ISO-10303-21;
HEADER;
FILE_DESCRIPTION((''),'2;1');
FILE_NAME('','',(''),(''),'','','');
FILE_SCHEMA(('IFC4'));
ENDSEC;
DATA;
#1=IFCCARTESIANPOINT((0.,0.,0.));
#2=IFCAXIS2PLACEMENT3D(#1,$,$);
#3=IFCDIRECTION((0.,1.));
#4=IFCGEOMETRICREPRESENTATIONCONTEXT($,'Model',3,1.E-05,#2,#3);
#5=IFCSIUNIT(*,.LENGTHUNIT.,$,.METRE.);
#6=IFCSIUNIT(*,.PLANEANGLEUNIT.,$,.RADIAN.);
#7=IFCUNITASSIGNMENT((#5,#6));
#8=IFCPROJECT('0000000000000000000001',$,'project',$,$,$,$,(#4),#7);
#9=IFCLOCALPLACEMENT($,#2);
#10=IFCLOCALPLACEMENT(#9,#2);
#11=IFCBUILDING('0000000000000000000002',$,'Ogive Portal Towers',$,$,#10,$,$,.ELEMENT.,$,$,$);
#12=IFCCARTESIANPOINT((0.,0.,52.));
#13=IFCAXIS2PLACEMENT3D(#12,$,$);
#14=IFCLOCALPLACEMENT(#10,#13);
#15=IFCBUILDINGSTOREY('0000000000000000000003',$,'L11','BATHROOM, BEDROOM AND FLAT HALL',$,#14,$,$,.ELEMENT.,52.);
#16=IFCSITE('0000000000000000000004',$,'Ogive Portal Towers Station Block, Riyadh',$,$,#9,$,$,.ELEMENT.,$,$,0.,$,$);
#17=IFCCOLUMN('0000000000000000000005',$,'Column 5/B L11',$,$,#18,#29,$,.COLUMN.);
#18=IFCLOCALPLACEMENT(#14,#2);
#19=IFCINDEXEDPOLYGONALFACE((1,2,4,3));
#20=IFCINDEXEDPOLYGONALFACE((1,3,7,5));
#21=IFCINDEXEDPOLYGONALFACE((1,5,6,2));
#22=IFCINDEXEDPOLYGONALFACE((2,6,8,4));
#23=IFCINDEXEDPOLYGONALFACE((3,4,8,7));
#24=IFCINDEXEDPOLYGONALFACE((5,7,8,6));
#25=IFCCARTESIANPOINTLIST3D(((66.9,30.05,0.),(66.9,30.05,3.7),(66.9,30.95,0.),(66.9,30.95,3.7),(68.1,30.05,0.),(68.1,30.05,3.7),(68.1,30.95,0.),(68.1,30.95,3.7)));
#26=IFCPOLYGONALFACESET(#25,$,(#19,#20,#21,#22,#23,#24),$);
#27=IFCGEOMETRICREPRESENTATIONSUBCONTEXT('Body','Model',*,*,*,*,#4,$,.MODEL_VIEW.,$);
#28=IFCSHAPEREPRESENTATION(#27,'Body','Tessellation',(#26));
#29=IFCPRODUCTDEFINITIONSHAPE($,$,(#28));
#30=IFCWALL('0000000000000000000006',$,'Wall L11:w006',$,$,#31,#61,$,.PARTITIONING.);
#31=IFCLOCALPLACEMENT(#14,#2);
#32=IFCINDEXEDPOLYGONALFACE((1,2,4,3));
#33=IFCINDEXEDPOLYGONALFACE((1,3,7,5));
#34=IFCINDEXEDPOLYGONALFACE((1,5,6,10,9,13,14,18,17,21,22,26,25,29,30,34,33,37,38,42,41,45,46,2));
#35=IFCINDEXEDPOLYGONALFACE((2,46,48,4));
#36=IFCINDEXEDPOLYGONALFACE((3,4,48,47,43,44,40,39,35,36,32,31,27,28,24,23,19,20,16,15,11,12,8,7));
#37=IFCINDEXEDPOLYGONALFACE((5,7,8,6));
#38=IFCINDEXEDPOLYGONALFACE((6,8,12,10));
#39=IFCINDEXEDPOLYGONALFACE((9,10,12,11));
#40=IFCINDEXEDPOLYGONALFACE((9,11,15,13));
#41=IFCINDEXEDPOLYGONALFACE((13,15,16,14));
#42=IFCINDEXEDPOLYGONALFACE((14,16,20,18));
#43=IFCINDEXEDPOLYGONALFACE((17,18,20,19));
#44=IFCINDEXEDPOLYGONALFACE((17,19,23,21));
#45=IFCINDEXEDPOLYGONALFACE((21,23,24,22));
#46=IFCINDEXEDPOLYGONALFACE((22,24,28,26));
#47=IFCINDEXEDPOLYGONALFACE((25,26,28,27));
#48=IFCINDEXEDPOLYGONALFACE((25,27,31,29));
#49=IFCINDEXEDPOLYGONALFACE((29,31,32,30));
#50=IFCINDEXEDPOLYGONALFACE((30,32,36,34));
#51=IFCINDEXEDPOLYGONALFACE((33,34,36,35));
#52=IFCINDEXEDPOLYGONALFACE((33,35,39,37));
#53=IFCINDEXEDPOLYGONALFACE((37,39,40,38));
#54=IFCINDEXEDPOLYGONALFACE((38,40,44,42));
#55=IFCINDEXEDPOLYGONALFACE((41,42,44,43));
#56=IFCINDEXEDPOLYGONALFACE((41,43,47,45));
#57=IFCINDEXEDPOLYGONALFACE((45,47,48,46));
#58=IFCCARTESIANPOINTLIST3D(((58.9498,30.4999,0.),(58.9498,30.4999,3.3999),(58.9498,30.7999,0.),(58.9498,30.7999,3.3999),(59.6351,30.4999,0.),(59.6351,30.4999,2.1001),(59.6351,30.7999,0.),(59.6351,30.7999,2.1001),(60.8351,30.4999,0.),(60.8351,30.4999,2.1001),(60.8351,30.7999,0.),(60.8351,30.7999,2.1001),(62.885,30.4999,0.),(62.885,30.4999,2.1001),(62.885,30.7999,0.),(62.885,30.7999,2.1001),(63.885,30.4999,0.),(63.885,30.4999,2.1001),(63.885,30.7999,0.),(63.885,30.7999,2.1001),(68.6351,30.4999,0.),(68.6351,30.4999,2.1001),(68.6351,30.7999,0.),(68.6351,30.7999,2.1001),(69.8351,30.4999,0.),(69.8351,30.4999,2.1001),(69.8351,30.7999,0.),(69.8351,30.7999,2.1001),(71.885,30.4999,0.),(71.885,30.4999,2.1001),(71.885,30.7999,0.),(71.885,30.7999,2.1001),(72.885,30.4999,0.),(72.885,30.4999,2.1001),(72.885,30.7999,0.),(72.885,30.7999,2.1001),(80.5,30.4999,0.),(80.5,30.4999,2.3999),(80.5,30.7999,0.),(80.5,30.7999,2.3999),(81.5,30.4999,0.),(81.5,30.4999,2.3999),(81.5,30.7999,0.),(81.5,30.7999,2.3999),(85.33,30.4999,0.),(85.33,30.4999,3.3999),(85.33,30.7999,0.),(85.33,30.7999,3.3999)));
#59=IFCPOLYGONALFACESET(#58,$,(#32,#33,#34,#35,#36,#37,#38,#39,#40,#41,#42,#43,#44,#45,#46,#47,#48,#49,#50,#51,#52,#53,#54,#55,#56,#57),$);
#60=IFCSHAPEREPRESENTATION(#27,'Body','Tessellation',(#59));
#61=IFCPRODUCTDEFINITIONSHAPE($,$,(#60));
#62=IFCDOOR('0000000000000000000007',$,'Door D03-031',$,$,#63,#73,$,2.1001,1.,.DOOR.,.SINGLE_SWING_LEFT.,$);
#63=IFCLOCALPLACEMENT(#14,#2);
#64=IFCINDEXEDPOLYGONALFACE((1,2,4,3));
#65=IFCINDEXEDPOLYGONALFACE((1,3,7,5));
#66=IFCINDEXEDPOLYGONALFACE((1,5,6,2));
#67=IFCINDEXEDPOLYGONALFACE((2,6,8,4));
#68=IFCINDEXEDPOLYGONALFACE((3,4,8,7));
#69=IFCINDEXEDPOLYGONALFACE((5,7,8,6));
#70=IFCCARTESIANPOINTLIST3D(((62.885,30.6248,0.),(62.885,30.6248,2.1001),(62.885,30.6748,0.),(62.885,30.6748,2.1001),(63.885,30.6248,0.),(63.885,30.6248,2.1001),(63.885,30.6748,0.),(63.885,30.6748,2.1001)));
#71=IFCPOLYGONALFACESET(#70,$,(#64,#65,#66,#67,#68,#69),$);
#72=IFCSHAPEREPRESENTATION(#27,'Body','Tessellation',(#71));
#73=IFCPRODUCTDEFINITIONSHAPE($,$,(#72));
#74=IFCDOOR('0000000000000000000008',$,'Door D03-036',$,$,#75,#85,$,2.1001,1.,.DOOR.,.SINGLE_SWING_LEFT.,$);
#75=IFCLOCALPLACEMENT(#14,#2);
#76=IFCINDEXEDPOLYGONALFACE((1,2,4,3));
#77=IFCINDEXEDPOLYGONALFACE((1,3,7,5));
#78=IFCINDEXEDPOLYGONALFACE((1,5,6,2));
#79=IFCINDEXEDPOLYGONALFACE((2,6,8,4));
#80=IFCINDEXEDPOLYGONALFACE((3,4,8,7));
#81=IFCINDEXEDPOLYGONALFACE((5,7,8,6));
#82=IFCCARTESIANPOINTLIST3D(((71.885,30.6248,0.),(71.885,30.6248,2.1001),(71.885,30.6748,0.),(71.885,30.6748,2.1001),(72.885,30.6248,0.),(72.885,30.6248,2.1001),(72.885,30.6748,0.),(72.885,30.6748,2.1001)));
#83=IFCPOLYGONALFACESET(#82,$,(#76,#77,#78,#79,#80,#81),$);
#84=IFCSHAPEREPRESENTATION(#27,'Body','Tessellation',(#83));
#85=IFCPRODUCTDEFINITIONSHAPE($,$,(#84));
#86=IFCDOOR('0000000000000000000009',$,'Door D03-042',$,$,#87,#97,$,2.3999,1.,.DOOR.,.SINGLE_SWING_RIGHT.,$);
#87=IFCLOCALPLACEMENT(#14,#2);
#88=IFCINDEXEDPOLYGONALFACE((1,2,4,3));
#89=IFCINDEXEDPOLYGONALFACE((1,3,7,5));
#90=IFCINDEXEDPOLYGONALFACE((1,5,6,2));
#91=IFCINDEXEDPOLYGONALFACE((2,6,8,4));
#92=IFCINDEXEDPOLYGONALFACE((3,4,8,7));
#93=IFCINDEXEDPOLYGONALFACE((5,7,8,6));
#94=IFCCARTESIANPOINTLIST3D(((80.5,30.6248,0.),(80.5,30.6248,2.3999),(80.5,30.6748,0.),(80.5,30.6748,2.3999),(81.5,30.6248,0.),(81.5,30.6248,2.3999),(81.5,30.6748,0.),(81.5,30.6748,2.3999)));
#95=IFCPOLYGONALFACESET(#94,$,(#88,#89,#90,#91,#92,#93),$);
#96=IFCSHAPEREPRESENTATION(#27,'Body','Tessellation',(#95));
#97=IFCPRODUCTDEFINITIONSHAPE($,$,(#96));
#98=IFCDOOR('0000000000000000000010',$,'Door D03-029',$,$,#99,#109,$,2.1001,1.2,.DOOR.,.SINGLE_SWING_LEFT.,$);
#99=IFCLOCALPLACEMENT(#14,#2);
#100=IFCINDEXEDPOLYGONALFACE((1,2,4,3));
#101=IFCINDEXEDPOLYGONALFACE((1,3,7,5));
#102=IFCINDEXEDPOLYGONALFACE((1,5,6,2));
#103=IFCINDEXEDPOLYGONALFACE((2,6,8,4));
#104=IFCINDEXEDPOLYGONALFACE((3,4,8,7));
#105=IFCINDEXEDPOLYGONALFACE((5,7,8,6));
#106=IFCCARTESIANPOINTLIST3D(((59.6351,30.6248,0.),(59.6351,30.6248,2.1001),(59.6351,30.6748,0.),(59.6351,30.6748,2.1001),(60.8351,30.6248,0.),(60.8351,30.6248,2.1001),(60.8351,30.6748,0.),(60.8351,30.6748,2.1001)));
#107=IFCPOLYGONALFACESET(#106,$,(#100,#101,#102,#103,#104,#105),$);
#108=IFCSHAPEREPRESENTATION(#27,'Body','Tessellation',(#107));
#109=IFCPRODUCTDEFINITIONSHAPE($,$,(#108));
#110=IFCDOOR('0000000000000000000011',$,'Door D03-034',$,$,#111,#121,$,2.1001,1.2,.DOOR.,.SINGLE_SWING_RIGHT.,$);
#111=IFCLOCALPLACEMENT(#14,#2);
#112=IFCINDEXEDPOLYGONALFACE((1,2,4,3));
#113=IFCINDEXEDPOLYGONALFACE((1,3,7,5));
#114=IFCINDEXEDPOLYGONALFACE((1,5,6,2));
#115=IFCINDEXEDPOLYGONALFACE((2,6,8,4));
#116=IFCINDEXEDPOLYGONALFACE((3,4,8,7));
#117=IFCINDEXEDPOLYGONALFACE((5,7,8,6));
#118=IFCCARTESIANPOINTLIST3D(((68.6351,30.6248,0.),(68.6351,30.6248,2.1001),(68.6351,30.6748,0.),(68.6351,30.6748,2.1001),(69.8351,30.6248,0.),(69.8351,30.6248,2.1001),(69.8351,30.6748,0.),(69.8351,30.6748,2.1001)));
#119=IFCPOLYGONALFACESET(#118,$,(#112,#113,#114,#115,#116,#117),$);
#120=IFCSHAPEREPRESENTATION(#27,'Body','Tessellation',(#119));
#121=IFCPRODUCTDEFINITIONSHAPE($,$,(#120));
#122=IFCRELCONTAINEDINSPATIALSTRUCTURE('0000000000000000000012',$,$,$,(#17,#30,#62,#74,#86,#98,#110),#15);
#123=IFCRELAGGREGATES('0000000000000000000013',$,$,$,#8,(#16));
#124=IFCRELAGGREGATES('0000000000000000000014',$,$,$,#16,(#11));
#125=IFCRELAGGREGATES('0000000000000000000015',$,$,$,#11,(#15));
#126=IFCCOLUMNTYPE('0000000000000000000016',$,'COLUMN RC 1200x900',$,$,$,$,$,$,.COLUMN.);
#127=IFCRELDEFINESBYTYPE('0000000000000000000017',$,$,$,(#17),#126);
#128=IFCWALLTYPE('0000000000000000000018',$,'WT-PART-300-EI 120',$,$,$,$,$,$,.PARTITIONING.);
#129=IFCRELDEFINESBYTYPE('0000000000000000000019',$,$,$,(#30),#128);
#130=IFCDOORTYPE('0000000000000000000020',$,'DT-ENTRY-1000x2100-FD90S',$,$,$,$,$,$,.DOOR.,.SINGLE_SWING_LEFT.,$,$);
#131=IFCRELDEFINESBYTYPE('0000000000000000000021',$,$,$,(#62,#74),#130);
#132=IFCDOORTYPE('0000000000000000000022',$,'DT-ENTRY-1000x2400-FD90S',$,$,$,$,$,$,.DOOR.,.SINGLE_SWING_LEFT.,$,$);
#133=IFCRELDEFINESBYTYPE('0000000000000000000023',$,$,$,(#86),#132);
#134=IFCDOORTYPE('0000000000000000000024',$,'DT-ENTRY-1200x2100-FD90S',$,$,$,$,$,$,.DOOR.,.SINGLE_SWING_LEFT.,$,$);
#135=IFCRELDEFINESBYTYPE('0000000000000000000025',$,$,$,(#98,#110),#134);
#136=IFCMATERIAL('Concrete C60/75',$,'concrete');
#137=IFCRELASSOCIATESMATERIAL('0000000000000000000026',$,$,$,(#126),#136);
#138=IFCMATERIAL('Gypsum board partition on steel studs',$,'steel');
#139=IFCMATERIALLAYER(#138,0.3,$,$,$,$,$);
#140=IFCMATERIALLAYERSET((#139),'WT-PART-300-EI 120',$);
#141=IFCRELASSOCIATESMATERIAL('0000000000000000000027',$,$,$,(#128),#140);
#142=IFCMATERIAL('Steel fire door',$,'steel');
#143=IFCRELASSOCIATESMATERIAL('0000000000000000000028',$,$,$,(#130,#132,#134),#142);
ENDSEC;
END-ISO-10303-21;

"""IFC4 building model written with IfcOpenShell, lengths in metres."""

from ifc_helpers import new_model, si_unit, direction, frame, frame_2d, origin, origin_2d, place, context, subcontext, project, spatial, rectangle, extrude, material, layer, layer_set, material_profile, profile_set, type_object, element, fill, save


model = new_model("IFC4")

# Units and contexts
model_context = context("Model", 3, precision=1e-05, world=origin(), true_north=direction((0.0, 1.0)))
body_context = subcontext(model_context, "Body", "Model", "MODEL_VIEW")
ifc_project = project(units=[si_unit("LENGTHUNIT", "METRE"), si_unit("PLANEANGLEUNIT", "RADIAN")], contexts=[model_context])

# Site, building, storey
site_placement = place(None, origin())
site = spatial("IfcSite", under=ifc_project, at=site_placement, Name="Ogive Portal Towers Station Block, Riyadh", CompositionType="ELEMENT", RefElevation=0.0)
building_placement = place(site_placement, origin())
building = spatial("IfcBuilding", under=site, at=building_placement, Name="Ogive Portal Towers", CompositionType="ELEMENT")
storey_placement = place(building_placement, frame((0.0, 0.0, 52.0)))
storey = spatial("IfcBuildingStorey", under=building, at=storey_placement, Name="L11", Description="BATHROOM, BEDROOM AND FLAT HALL", CompositionType="ELEMENT", Elevation=52.0)

# Column
ifc_material_1 = material(Name="Concrete C60/75", Category="concrete")
ifc_material_profile = material_profile(ifc_material_1, rectangle(XDim=1.2, YDim=0.8999, at=origin_2d()), Name="RC 1200x900")
ifc_profile_set = profile_set([ifc_material_profile], Name="Concrete C60/75")
column_type = type_object("IfcColumnType", Name="COLUMN RC 1200x900", PredefinedType="COLUMN", material=ifc_profile_set)
column_placement = place(storey_placement, frame((67.5, 30.5, 0.0), z_axis=(0.0, 0.0, 1.0), x_axis=(1.0, 0.0, 0.0)))
element("IfcColumn", 1, at=column_placement, inside=storey, type_object=column_type, Name="Column 5/B L11", PredefinedType="COLUMN", context=body_context, shape_type="SweptSolid", body=[
    extrude(rectangle(XDim=1.2, YDim=0.8999, at=origin_2d()), origin(), (0.0, 0.0, 1.0), 3.7),
])

# Wall, openings, doors
ifc_material_2 = material(Name="Gypsum board partition on steel studs", Category="steel")
ifc_layer_1 = layer(ifc_material_2, 0.3)
ifc_layer_set_1 = layer_set([ifc_layer_1], Name="WT-PART-300-EI 120")
wall_type_1 = type_object("IfcWallType", Name="WT-PART-300-EI 120", PredefinedType="PARTITIONING", material=ifc_layer_set_1)
wall_1_placement = place(storey_placement, frame((58.95, 30.6499, 0.0), z_axis=(0.0, 0.0, 1.0), x_axis=(1.0, 0.0, 0.0)))
wall_1 = element("IfcWall", 2, at=wall_1_placement, inside=storey, type_object=wall_type_1, Name="Wall L11:w006", PredefinedType="PARTITIONING", context=body_context, shape_type="SweptSolid", body=[
    extrude(rectangle(XDim=26.3801, YDim=0.3, at=frame_2d((13.1899, 0.0))), origin(), (0.0, 0.0, 1.0), 3.3999),
])
opening_1_placement = place(wall_1_placement, frame((0.6851, 0.0, 0.0)))
opening_1 = element("IfcOpeningElement", 3, at=opening_1_placement, cuts=wall_1, PredefinedType="OPENING", context=body_context, shape_type="SweptSolid", body=[
    extrude(rectangle(XDim=1.2, YDim=2.1001, at=frame_2d((0.6001, 1.05))), frame((0.0, 0.1602, 0.0), z_axis=(0.0, -1.0, 0.0), x_axis=(1.0, 0.0, 0.0)), (0.0, 0.0, 1.0), 0.3201),
])
opening_2_placement = place(wall_1_placement, frame((3.9351, 0.0, 0.0)))
opening_2 = element("IfcOpeningElement", 4, at=opening_2_placement, cuts=wall_1, PredefinedType="OPENING", context=body_context, shape_type="SweptSolid", body=[
    extrude(rectangle(XDim=1.0, YDim=2.1001, at=frame_2d((0.5, 1.05))), frame((0.0, 0.1602, 0.0), z_axis=(0.0, -1.0, 0.0), x_axis=(1.0, 0.0, 0.0)), (0.0, 0.0, 1.0), 0.3201),
])
opening_3_placement = place(wall_1_placement, frame((9.6851, 0.0, 0.0)))
opening_3 = element("IfcOpeningElement", 5, at=opening_3_placement, cuts=wall_1, PredefinedType="OPENING", context=body_context, shape_type="SweptSolid", body=[
    extrude(rectangle(XDim=1.2, YDim=2.1001, at=frame_2d((0.6001, 1.05))), frame((0.0, 0.1602, 0.0), z_axis=(0.0, -1.0, 0.0), x_axis=(1.0, 0.0, 0.0)), (0.0, 0.0, 1.0), 0.3201),
])
opening_4_placement = place(wall_1_placement, frame((12.9351, 0.0, 0.0)))
opening_4 = element("IfcOpeningElement", 6, at=opening_4_placement, cuts=wall_1, PredefinedType="OPENING", context=body_context, shape_type="SweptSolid", body=[
    extrude(rectangle(XDim=1.0, YDim=2.1001, at=frame_2d((0.5, 1.05))), frame((0.0, 0.1602, 0.0), z_axis=(0.0, -1.0, 0.0), x_axis=(1.0, 0.0, 0.0)), (0.0, 0.0, 1.0), 0.3201),
])
opening_5_placement = place(wall_1_placement, frame((21.55, 0.0, 0.0)))
opening_5 = element("IfcOpeningElement", 7, at=opening_5_placement, cuts=wall_1, PredefinedType="OPENING", context=body_context, shape_type="SweptSolid", body=[
    extrude(rectangle(XDim=1.0, YDim=2.3999, at=frame_2d((0.5, 1.2))), frame((0.0, 0.1602, 0.0), z_axis=(0.0, -1.0, 0.0), x_axis=(1.0, 0.0, 0.0)), (0.0, 0.0, 1.0), 0.3201),
])
ifc_material_3 = material(Name="Steel fire door", Category="steel")
door_type_1 = type_object("IfcDoorType", Name="DT-ENTRY-1000x2100-FD90S", OperationType="SINGLE_SWING_LEFT", PredefinedType="DOOR", material=ifc_material_3)
door_1_placement = place(opening_2_placement, origin())
door_1 = element("IfcDoor", 8, at=door_1_placement, inside=storey, type_object=door_type_1, Name="Door D03-031", OperationType="SINGLE_SWING_LEFT", OverallHeight=2.1001, OverallWidth=1.0, PredefinedType="DOOR", context=body_context, shape_type="SweptSolid", body=[
    extrude(rectangle(XDim=1.0, YDim=2.1001, at=frame_2d((0.5, 1.05))), frame((0.0, 0.0249, 0.0), z_axis=(0.0, -1.0, 0.0), x_axis=(1.0, 0.0, 0.0)), (0.0, 0.0, 1.0), 0.05),
])
fill(opening_2, door_1)
door_2_placement = place(opening_4_placement, origin())
door_2 = element("IfcDoor", 9, at=door_2_placement, inside=storey, type_object=door_type_1, Name="Door D03-036", OperationType="SINGLE_SWING_LEFT", OverallHeight=2.1001, OverallWidth=1.0, PredefinedType="DOOR", context=body_context, shape_type="SweptSolid", body=[
    extrude(rectangle(XDim=1.0, YDim=2.1001, at=frame_2d((0.5, 1.05))), frame((0.0, 0.0249, 0.0), z_axis=(0.0, -1.0, 0.0), x_axis=(1.0, 0.0, 0.0)), (0.0, 0.0, 1.0), 0.05),
])
fill(opening_4, door_2)
door_type_2 = type_object("IfcDoorType", Name="DT-ENTRY-1000x2400-FD90S", OperationType="SINGLE_SWING_LEFT", PredefinedType="DOOR", material=ifc_material_3)
door_3_placement = place(opening_5_placement, origin())
door_3 = element("IfcDoor", 10, at=door_3_placement, inside=storey, type_object=door_type_2, Name="Door D03-042", OperationType="SINGLE_SWING_RIGHT", OverallHeight=2.3999, OverallWidth=1.0, PredefinedType="DOOR", context=body_context, shape_type="SweptSolid", body=[
    extrude(rectangle(XDim=1.0, YDim=2.3999, at=frame_2d((0.5, 1.2))), frame((0.0, 0.0249, 0.0), z_axis=(0.0, -1.0, 0.0), x_axis=(1.0, 0.0, 0.0)), (0.0, 0.0, 1.0), 0.05),
])
fill(opening_5, door_3)
door_type_3 = type_object("IfcDoorType", Name="DT-ENTRY-1200x2100-FD90S", OperationType="SINGLE_SWING_LEFT", PredefinedType="DOOR", material=ifc_material_3)
door_4_placement = place(opening_1_placement, origin())
door_4 = element("IfcDoor", 11, at=door_4_placement, inside=storey, type_object=door_type_3, Name="Door D03-029", OperationType="SINGLE_SWING_LEFT", OverallHeight=2.1001, OverallWidth=1.2, PredefinedType="DOOR", context=body_context, shape_type="SweptSolid", body=[
    extrude(rectangle(XDim=1.2, YDim=2.1001, at=frame_2d((0.6001, 1.05))), frame((0.0, 0.0249, 0.0), z_axis=(0.0, -1.0, 0.0), x_axis=(1.0, 0.0, 0.0)), (0.0, 0.0, 1.0), 0.05),
])
fill(opening_1, door_4)
door_5_placement = place(opening_3_placement, origin())
door_5 = element("IfcDoor", 12, at=door_5_placement, inside=storey, type_object=door_type_3, Name="Door D03-034", OperationType="SINGLE_SWING_RIGHT", OverallHeight=2.1001, OverallWidth=1.2, PredefinedType="DOOR", context=body_context, shape_type="SweptSolid", body=[
    extrude(rectangle(XDim=1.2, YDim=2.1001, at=frame_2d((0.6001, 1.05))), frame((0.0, 0.0249, 0.0), z_axis=(0.0, -1.0, 0.0), x_axis=(1.0, 0.0, 0.0)), (0.0, 0.0, 1.0), 0.05),
])
fill(opening_3, door_5)

save(model, "model.ifc")
